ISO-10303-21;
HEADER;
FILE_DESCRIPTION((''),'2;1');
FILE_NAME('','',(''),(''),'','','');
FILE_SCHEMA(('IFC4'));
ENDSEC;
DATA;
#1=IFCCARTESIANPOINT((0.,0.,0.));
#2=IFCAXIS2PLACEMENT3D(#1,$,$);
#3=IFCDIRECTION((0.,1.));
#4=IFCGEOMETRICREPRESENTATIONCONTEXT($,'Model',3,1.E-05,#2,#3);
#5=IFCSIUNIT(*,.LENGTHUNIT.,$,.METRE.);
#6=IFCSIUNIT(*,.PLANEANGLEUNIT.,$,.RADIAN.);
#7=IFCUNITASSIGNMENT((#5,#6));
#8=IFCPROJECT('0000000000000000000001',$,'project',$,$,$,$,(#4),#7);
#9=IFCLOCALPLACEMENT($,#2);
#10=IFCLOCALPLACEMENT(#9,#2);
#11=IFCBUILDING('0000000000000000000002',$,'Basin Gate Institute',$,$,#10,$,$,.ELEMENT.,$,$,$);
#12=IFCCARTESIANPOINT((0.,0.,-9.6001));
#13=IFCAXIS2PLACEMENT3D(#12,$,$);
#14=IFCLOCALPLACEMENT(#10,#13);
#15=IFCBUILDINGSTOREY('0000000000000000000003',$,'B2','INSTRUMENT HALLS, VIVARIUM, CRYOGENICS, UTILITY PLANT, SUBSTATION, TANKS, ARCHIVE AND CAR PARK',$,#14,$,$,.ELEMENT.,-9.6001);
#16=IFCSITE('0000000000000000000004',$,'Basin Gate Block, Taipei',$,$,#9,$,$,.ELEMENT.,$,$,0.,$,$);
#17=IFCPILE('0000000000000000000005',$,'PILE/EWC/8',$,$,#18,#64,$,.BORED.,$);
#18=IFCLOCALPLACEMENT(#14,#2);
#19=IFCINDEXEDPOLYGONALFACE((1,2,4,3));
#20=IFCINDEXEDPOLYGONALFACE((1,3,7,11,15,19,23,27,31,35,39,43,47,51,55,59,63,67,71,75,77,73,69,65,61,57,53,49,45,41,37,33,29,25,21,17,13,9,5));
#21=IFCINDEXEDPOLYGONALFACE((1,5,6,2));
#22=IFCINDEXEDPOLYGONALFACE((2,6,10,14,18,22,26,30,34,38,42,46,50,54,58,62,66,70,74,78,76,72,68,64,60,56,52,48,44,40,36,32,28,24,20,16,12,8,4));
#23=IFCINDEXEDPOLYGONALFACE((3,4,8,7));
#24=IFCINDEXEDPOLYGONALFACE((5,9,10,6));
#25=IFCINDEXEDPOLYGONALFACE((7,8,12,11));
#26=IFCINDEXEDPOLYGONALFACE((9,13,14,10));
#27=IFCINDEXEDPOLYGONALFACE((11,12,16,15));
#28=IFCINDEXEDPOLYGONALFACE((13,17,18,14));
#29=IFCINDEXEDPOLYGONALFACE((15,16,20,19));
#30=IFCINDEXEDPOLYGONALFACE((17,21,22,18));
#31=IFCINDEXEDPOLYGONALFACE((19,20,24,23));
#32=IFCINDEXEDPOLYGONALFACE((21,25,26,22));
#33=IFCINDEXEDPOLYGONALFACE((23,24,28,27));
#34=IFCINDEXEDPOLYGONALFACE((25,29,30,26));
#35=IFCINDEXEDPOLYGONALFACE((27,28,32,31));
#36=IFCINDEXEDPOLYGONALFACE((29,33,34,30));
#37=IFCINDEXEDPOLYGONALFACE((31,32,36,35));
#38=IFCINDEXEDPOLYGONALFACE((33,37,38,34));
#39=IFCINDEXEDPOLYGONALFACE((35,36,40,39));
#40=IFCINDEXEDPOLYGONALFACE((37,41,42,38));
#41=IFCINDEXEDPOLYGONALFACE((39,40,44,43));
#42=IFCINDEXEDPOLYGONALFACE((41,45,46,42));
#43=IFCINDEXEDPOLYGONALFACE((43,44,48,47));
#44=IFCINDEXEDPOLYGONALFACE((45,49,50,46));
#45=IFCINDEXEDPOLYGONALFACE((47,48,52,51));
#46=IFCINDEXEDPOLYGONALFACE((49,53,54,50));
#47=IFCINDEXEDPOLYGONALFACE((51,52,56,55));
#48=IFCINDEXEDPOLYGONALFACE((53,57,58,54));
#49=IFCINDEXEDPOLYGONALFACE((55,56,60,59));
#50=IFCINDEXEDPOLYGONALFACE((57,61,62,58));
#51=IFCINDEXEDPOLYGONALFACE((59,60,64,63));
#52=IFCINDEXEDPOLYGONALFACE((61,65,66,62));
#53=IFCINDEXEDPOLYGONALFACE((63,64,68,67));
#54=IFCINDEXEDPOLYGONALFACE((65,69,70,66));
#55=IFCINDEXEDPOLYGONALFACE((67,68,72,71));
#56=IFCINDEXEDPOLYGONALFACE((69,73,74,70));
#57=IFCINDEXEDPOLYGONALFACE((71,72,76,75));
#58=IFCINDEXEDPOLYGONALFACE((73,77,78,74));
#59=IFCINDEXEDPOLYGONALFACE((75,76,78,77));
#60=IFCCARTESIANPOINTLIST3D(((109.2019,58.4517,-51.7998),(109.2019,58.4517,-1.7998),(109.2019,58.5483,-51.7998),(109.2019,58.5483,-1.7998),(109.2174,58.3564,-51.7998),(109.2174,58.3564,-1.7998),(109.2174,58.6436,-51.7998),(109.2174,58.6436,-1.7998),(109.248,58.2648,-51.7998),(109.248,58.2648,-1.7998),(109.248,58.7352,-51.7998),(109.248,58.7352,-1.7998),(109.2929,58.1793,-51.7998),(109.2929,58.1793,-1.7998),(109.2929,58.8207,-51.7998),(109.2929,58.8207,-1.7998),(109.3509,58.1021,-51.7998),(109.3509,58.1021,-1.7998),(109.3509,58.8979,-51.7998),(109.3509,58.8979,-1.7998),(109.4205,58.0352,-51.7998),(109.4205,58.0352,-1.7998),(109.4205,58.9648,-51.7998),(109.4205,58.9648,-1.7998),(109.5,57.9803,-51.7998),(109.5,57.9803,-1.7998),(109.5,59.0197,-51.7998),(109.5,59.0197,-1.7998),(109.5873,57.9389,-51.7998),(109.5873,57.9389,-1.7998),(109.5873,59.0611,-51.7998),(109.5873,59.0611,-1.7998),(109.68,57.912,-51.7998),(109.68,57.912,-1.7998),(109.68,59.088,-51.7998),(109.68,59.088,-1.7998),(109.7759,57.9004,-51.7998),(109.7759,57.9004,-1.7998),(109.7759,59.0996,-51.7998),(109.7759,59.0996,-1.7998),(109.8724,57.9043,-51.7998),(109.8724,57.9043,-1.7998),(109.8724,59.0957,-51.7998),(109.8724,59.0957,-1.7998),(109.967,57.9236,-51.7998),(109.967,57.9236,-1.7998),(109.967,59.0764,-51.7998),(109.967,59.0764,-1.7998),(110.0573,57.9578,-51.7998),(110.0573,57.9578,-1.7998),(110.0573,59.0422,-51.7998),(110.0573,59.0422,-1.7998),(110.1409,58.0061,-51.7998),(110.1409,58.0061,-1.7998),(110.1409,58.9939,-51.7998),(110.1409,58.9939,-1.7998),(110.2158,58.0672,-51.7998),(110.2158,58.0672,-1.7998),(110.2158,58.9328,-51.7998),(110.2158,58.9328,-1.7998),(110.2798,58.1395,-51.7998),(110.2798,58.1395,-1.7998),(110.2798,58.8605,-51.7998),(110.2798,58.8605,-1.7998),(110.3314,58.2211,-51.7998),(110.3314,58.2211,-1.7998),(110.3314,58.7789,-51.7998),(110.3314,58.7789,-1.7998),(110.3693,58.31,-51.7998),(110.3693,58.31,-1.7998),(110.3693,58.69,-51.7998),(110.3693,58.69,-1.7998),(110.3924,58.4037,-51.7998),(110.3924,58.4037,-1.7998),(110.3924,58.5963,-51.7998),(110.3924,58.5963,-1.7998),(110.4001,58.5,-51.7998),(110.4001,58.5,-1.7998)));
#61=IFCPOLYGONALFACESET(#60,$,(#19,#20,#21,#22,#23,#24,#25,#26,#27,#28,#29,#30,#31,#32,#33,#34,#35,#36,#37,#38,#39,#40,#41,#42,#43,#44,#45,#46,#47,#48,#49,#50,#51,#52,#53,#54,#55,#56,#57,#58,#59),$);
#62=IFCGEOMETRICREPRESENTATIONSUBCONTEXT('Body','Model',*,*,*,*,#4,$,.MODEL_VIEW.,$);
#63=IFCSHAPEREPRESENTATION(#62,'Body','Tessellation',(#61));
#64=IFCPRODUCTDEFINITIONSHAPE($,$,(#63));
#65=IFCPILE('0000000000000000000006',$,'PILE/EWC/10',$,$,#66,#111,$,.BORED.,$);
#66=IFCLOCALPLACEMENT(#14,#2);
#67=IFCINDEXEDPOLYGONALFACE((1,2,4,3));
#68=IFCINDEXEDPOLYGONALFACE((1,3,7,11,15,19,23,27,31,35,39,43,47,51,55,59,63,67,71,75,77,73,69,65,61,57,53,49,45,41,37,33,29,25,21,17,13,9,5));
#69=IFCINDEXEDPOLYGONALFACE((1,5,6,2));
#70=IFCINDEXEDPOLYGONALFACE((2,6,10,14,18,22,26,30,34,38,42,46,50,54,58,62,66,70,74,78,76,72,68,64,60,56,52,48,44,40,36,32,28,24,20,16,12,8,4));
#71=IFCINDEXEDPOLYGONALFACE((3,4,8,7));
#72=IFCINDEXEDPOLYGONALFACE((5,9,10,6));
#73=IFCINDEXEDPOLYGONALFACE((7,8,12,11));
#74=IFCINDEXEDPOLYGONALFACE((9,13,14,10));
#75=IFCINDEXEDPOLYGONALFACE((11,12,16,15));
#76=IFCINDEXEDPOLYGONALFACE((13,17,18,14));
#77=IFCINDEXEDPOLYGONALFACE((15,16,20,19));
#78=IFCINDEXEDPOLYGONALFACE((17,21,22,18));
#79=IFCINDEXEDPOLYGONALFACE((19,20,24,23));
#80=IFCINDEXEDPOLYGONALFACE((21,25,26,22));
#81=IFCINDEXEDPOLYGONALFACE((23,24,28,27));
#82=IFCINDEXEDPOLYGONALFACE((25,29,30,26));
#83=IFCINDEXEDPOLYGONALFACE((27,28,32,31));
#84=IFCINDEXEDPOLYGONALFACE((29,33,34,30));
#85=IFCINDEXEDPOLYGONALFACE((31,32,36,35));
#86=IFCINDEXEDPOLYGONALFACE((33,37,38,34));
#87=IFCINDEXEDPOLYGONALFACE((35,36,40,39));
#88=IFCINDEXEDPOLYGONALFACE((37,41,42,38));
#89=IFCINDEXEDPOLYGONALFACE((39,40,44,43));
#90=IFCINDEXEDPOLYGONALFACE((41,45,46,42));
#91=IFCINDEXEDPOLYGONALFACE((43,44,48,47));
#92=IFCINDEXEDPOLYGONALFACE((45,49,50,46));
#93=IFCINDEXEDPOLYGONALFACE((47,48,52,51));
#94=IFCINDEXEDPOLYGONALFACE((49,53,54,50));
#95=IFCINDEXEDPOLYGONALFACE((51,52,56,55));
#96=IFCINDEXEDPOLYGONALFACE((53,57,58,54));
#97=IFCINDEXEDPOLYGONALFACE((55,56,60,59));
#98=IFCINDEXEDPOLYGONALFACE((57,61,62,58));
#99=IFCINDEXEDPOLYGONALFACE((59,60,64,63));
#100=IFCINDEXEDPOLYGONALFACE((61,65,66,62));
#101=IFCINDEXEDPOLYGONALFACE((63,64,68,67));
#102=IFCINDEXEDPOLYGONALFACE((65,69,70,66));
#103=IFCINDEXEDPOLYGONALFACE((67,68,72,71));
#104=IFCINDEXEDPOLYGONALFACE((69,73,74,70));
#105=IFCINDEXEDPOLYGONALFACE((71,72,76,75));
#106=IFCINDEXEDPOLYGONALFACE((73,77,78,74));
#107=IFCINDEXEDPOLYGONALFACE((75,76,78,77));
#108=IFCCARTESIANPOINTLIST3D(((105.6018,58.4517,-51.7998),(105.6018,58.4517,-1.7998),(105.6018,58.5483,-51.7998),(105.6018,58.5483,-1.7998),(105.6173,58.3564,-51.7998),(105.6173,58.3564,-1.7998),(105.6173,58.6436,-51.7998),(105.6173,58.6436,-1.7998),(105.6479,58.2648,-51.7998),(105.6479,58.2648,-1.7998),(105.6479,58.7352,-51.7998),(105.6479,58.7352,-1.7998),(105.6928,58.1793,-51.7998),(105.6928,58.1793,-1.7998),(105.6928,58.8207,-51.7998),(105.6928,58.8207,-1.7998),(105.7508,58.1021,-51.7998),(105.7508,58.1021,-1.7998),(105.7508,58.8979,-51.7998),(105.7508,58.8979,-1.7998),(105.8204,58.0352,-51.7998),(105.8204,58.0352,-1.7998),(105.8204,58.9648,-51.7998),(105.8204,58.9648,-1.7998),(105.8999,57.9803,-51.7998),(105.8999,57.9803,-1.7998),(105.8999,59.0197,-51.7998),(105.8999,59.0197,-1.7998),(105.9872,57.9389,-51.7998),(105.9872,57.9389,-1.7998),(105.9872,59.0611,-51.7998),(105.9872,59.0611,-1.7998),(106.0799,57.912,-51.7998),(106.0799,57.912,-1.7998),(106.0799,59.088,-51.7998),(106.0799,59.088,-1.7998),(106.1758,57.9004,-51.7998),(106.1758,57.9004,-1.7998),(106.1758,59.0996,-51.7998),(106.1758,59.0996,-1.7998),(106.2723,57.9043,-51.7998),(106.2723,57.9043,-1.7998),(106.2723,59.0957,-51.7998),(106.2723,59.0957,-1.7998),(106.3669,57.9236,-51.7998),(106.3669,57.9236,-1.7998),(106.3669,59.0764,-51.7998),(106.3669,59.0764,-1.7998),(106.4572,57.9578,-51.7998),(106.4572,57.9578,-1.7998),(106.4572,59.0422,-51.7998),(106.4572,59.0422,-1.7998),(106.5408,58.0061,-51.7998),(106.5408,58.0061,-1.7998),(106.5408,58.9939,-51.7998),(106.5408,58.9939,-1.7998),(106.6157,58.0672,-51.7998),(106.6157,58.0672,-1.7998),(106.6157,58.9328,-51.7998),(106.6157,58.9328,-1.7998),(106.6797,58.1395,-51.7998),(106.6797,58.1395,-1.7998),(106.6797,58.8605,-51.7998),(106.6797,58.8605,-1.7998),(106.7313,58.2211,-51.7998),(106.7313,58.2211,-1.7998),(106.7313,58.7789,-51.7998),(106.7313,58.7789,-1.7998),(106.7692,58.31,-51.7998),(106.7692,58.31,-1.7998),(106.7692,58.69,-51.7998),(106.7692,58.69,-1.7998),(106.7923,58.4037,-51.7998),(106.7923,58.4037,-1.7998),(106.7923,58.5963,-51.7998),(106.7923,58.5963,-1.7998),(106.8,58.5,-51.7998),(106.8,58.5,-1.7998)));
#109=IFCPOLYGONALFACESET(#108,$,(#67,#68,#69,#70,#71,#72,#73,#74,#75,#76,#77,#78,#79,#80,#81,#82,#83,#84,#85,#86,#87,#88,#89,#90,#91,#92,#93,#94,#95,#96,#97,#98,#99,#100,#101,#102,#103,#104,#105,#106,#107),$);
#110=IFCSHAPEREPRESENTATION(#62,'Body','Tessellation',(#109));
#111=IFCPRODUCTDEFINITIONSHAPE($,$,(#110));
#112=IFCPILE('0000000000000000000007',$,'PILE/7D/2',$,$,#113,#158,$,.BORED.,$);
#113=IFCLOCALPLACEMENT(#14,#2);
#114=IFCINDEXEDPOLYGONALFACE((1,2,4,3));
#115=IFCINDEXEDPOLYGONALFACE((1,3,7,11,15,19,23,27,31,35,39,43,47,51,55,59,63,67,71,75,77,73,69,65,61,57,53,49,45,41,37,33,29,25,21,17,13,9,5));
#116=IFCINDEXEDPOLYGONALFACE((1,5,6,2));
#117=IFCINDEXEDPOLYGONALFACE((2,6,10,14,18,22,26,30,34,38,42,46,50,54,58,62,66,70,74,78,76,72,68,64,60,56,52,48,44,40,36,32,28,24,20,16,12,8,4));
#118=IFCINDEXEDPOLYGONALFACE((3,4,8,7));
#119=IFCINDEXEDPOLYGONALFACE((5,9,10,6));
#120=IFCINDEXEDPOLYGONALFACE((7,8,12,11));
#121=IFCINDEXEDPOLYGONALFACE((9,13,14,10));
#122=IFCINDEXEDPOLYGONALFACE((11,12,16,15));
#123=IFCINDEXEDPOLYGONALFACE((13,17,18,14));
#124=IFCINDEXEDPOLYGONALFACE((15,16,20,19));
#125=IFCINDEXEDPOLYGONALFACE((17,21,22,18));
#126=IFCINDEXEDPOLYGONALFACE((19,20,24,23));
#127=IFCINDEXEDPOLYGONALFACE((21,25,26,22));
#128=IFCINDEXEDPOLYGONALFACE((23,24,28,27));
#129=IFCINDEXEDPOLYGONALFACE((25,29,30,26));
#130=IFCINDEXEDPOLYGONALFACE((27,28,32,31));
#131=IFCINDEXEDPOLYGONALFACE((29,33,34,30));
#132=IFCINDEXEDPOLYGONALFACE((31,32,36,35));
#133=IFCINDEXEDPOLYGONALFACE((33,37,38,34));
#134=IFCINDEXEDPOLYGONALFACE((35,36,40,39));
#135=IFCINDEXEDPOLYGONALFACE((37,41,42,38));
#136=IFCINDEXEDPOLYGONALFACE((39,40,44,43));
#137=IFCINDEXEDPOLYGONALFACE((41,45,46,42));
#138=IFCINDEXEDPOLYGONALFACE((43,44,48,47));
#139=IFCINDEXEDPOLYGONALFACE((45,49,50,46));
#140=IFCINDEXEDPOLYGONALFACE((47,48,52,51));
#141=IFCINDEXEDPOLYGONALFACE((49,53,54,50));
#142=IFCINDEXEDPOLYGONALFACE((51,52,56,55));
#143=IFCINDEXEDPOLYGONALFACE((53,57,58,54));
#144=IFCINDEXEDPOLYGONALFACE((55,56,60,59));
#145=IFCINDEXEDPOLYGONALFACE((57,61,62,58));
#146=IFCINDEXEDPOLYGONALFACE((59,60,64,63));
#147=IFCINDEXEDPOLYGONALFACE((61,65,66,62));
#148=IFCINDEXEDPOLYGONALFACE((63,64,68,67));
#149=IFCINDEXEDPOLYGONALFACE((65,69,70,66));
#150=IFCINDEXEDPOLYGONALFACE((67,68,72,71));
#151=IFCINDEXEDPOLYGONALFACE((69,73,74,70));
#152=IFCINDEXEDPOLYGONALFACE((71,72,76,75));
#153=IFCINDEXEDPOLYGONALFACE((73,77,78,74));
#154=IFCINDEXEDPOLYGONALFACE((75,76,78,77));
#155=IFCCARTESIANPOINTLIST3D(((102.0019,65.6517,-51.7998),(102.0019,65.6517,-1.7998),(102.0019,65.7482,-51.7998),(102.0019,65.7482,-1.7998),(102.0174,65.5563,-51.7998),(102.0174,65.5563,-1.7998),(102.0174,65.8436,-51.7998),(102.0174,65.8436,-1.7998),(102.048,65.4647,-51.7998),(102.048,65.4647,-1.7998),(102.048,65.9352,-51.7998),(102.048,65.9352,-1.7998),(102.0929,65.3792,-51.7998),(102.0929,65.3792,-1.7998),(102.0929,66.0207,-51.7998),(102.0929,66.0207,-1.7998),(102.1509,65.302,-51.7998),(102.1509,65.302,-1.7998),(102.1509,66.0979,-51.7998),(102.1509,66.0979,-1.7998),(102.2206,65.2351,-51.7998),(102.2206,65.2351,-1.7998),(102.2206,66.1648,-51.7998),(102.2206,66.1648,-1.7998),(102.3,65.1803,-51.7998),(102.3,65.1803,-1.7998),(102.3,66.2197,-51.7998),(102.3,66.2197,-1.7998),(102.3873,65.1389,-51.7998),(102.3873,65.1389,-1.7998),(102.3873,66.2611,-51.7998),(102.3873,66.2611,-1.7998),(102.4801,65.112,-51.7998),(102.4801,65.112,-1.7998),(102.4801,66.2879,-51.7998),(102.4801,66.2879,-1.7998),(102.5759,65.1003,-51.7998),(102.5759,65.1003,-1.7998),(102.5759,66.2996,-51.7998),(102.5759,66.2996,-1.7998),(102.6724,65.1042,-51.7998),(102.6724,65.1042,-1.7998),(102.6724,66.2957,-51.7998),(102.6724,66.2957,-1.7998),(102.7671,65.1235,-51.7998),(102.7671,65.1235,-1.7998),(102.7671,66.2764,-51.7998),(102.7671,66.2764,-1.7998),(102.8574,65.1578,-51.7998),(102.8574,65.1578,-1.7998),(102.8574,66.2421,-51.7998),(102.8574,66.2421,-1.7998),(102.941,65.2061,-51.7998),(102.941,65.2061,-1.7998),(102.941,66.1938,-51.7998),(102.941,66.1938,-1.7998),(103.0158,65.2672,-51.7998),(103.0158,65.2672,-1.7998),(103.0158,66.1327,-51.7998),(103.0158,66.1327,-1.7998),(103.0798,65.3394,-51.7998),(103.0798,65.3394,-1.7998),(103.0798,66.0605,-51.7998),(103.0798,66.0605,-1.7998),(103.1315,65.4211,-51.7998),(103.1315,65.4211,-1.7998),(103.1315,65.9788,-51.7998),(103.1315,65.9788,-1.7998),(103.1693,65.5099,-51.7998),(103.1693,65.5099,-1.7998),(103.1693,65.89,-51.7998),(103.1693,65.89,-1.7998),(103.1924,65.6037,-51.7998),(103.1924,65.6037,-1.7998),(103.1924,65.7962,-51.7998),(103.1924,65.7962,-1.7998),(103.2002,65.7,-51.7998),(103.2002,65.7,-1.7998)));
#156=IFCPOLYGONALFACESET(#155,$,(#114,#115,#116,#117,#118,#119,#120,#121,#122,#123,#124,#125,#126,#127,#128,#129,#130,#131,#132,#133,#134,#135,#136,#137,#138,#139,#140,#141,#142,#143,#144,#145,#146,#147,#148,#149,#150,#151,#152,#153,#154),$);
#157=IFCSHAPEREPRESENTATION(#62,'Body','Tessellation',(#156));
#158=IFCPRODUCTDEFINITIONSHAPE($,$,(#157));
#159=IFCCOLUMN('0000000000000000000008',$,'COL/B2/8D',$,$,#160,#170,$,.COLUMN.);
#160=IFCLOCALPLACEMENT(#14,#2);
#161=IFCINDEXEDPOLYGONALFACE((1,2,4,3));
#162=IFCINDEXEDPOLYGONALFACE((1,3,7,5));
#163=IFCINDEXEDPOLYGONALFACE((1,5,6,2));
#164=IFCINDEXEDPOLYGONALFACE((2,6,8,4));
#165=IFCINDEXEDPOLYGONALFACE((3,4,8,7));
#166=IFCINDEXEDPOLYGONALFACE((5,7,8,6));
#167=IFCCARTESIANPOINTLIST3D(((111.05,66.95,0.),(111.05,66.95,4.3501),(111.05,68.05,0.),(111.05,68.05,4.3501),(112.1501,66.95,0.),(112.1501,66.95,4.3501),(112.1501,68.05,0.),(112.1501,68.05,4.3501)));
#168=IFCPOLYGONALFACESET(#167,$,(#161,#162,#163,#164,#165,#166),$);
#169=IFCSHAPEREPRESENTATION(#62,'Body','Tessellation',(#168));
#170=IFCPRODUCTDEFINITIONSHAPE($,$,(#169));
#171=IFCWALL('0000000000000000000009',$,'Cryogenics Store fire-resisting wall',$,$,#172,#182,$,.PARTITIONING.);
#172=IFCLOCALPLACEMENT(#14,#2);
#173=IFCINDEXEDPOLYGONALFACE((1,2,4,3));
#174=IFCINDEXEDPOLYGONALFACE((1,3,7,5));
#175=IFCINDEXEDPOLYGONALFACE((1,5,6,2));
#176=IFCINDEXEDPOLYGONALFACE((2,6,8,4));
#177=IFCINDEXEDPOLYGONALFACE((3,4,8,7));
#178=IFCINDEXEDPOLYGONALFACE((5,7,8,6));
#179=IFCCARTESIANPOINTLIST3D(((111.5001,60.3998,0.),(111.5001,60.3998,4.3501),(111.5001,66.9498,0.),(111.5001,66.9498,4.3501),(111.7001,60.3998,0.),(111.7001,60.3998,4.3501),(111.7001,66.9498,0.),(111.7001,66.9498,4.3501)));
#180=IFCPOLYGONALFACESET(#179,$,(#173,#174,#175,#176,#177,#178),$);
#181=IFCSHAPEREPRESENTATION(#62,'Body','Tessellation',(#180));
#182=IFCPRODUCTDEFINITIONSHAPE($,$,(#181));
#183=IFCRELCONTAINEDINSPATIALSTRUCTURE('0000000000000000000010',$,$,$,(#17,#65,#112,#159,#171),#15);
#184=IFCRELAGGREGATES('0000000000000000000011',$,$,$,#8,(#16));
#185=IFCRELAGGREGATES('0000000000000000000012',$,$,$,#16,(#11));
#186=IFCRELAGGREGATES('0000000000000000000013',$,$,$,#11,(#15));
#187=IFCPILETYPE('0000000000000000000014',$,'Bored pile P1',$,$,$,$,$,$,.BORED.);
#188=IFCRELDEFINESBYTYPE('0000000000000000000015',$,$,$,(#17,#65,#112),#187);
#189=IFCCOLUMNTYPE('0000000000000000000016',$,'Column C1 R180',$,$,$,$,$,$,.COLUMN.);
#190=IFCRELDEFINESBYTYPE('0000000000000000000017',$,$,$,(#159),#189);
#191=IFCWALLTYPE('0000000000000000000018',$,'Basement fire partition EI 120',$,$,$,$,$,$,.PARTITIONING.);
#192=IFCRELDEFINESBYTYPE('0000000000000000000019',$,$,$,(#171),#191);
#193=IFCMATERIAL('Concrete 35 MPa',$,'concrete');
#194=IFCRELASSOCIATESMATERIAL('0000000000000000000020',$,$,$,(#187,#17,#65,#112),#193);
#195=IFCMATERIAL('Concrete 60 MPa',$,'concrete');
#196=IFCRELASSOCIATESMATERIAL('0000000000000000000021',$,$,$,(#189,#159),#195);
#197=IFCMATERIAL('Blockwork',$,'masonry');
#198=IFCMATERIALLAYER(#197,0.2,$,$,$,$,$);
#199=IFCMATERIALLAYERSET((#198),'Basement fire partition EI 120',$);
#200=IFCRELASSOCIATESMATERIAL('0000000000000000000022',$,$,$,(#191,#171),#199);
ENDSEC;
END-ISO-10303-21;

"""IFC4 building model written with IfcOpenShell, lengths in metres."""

from ifc_helpers import new_model, si_unit, direction, frame, frame_2d, origin, origin_2d, place, context, subcontext, project, spatial, rectangle, circle, extrude, material, layer, layer_set, material_profile, profile_set, type_object, element, save


model = new_model("IFC4")

# Units and contexts
model_context = context("Model", 3, precision=1e-05, world=origin(), true_north=direction((0.0, 1.0)))
body_context = subcontext(model_context, "Body", "Model", "MODEL_VIEW")
ifc_project = project(units=[si_unit("LENGTHUNIT", "METRE"), si_unit("PLANEANGLEUNIT", "RADIAN")], contexts=[model_context])

# Site, building, storey
site_placement = place(None, origin())
site = spatial("IfcSite", under=ifc_project, at=site_placement, Name="Basin Gate Block, Taipei", CompositionType="ELEMENT", RefElevation=0.0)
building_placement = place(site_placement, origin())
building = spatial("IfcBuilding", under=site, at=building_placement, Name="Basin Gate Institute", CompositionType="ELEMENT")
storey_placement = place(building_placement, frame((0.0, 0.0, -9.6001)))
storey = spatial("IfcBuildingStorey", under=building, at=storey_placement, Name="B2", Description="INSTRUMENT HALLS, VIVARIUM, CRYOGENICS, UTILITY PLANT, SUBSTATION, TANKS, ARCHIVE AND CAR PARK", CompositionType="ELEMENT", Elevation=-9.6001)

# Piles
ifc_material_1 = material(Name="Concrete 35 MPa", Category="concrete")
ifc_material_profile_1 = material_profile(ifc_material_1, circle(Radius=0.6001, at=origin_2d()), Name="Bored pile P1 1200 dia")
ifc_profile_set_1 = profile_set([ifc_material_profile_1], Name="Concrete 35 MPa")
pile_type = type_object("IfcPileType", Name="Bored pile P1", PredefinedType="BORED", material=ifc_profile_set_1)
for number, where, z_axis, x_axis, name in (
    (1, (109.8, 58.5, -1.7998), (0.0, 0.0, -1.0), (1.0, 0.0, 0.0), "PILE/EWC/8"),
    (2, (106.2, 58.5, -1.7998), (0.0, 0.0, -1.0), (1.0, 0.0, 0.0), "PILE/EWC/10"),
    (3, (102.6001, 65.7, -1.7998), (0.0, 0.0, -1.0), (1.0, 0.0, 0.0), "PILE/7D/2"),
):
    element("IfcPile", number, at=place(storey_placement, frame(where, z_axis=z_axis, x_axis=x_axis)), inside=storey, type_object=pile_type, material=ifc_profile_set_1, Name=name, PredefinedType="BORED", context=body_context, shape_type="SweptSolid", body=[
        extrude(circle(Radius=0.6001, at=origin_2d()), origin(), (0.0, 0.0, 1.0), 50.0),
    ])

# Column
ifc_material_2 = material(Name="Concrete 60 MPa", Category="concrete")
ifc_material_profile_2 = material_profile(ifc_material_2, rectangle(XDim=1.1001, YDim=1.1001, at=origin_2d()), Name="Column C1 1100 x 1100")
ifc_profile_set_2 = profile_set([ifc_material_profile_2], Name="Concrete 60 MPa")
column_type = type_object("IfcColumnType", Name="Column C1 R180", PredefinedType="COLUMN", material=ifc_profile_set_2)
column_placement = place(storey_placement, frame((111.6001, 67.5, 0.0), z_axis=(0.0, 0.0, 1.0), x_axis=(1.0, 0.0, 0.0)))
element("IfcColumn", 4, at=column_placement, inside=storey, type_object=column_type, material=ifc_profile_set_2, Name="COL/B2/8D", PredefinedType="COLUMN", context=body_context, shape_type="SweptSolid", body=[
    extrude(rectangle(XDim=1.1001, YDim=1.1001, at=origin_2d()), origin(), (0.0, 0.0, 1.0), 4.3501),
])

# Wall
ifc_material_3 = material(Name="Blockwork", Category="masonry")
ifc_layer_1 = layer(ifc_material_3, 0.2)
ifc_layer_set_1 = layer_set([ifc_layer_1], Name="Basement fire partition EI 120")
wall_type_1 = type_object("IfcWallType", Name="Basement fire partition EI 120", PredefinedType="PARTITIONING", material=ifc_layer_set_1)
wall_1_placement = place(storey_placement, frame((111.6001, 60.3999, 0.0), z_axis=(0.0, 0.0, 1.0), x_axis=(0.0, 1.0, 0.0)))
element("IfcWall", 5, at=wall_1_placement, inside=storey, type_object=wall_type_1, material=ifc_layer_set_1, Name="Cryogenics Store fire-resisting wall", PredefinedType="PARTITIONING", context=body_context, shape_type="SweptSolid", body=[
    extrude(rectangle(XDim=6.55, YDim=0.2, at=frame_2d((3.2749, 0.0))), origin(), (0.0, 0.0, 1.0), 4.3501),
])

save(model, "model.ifc")
